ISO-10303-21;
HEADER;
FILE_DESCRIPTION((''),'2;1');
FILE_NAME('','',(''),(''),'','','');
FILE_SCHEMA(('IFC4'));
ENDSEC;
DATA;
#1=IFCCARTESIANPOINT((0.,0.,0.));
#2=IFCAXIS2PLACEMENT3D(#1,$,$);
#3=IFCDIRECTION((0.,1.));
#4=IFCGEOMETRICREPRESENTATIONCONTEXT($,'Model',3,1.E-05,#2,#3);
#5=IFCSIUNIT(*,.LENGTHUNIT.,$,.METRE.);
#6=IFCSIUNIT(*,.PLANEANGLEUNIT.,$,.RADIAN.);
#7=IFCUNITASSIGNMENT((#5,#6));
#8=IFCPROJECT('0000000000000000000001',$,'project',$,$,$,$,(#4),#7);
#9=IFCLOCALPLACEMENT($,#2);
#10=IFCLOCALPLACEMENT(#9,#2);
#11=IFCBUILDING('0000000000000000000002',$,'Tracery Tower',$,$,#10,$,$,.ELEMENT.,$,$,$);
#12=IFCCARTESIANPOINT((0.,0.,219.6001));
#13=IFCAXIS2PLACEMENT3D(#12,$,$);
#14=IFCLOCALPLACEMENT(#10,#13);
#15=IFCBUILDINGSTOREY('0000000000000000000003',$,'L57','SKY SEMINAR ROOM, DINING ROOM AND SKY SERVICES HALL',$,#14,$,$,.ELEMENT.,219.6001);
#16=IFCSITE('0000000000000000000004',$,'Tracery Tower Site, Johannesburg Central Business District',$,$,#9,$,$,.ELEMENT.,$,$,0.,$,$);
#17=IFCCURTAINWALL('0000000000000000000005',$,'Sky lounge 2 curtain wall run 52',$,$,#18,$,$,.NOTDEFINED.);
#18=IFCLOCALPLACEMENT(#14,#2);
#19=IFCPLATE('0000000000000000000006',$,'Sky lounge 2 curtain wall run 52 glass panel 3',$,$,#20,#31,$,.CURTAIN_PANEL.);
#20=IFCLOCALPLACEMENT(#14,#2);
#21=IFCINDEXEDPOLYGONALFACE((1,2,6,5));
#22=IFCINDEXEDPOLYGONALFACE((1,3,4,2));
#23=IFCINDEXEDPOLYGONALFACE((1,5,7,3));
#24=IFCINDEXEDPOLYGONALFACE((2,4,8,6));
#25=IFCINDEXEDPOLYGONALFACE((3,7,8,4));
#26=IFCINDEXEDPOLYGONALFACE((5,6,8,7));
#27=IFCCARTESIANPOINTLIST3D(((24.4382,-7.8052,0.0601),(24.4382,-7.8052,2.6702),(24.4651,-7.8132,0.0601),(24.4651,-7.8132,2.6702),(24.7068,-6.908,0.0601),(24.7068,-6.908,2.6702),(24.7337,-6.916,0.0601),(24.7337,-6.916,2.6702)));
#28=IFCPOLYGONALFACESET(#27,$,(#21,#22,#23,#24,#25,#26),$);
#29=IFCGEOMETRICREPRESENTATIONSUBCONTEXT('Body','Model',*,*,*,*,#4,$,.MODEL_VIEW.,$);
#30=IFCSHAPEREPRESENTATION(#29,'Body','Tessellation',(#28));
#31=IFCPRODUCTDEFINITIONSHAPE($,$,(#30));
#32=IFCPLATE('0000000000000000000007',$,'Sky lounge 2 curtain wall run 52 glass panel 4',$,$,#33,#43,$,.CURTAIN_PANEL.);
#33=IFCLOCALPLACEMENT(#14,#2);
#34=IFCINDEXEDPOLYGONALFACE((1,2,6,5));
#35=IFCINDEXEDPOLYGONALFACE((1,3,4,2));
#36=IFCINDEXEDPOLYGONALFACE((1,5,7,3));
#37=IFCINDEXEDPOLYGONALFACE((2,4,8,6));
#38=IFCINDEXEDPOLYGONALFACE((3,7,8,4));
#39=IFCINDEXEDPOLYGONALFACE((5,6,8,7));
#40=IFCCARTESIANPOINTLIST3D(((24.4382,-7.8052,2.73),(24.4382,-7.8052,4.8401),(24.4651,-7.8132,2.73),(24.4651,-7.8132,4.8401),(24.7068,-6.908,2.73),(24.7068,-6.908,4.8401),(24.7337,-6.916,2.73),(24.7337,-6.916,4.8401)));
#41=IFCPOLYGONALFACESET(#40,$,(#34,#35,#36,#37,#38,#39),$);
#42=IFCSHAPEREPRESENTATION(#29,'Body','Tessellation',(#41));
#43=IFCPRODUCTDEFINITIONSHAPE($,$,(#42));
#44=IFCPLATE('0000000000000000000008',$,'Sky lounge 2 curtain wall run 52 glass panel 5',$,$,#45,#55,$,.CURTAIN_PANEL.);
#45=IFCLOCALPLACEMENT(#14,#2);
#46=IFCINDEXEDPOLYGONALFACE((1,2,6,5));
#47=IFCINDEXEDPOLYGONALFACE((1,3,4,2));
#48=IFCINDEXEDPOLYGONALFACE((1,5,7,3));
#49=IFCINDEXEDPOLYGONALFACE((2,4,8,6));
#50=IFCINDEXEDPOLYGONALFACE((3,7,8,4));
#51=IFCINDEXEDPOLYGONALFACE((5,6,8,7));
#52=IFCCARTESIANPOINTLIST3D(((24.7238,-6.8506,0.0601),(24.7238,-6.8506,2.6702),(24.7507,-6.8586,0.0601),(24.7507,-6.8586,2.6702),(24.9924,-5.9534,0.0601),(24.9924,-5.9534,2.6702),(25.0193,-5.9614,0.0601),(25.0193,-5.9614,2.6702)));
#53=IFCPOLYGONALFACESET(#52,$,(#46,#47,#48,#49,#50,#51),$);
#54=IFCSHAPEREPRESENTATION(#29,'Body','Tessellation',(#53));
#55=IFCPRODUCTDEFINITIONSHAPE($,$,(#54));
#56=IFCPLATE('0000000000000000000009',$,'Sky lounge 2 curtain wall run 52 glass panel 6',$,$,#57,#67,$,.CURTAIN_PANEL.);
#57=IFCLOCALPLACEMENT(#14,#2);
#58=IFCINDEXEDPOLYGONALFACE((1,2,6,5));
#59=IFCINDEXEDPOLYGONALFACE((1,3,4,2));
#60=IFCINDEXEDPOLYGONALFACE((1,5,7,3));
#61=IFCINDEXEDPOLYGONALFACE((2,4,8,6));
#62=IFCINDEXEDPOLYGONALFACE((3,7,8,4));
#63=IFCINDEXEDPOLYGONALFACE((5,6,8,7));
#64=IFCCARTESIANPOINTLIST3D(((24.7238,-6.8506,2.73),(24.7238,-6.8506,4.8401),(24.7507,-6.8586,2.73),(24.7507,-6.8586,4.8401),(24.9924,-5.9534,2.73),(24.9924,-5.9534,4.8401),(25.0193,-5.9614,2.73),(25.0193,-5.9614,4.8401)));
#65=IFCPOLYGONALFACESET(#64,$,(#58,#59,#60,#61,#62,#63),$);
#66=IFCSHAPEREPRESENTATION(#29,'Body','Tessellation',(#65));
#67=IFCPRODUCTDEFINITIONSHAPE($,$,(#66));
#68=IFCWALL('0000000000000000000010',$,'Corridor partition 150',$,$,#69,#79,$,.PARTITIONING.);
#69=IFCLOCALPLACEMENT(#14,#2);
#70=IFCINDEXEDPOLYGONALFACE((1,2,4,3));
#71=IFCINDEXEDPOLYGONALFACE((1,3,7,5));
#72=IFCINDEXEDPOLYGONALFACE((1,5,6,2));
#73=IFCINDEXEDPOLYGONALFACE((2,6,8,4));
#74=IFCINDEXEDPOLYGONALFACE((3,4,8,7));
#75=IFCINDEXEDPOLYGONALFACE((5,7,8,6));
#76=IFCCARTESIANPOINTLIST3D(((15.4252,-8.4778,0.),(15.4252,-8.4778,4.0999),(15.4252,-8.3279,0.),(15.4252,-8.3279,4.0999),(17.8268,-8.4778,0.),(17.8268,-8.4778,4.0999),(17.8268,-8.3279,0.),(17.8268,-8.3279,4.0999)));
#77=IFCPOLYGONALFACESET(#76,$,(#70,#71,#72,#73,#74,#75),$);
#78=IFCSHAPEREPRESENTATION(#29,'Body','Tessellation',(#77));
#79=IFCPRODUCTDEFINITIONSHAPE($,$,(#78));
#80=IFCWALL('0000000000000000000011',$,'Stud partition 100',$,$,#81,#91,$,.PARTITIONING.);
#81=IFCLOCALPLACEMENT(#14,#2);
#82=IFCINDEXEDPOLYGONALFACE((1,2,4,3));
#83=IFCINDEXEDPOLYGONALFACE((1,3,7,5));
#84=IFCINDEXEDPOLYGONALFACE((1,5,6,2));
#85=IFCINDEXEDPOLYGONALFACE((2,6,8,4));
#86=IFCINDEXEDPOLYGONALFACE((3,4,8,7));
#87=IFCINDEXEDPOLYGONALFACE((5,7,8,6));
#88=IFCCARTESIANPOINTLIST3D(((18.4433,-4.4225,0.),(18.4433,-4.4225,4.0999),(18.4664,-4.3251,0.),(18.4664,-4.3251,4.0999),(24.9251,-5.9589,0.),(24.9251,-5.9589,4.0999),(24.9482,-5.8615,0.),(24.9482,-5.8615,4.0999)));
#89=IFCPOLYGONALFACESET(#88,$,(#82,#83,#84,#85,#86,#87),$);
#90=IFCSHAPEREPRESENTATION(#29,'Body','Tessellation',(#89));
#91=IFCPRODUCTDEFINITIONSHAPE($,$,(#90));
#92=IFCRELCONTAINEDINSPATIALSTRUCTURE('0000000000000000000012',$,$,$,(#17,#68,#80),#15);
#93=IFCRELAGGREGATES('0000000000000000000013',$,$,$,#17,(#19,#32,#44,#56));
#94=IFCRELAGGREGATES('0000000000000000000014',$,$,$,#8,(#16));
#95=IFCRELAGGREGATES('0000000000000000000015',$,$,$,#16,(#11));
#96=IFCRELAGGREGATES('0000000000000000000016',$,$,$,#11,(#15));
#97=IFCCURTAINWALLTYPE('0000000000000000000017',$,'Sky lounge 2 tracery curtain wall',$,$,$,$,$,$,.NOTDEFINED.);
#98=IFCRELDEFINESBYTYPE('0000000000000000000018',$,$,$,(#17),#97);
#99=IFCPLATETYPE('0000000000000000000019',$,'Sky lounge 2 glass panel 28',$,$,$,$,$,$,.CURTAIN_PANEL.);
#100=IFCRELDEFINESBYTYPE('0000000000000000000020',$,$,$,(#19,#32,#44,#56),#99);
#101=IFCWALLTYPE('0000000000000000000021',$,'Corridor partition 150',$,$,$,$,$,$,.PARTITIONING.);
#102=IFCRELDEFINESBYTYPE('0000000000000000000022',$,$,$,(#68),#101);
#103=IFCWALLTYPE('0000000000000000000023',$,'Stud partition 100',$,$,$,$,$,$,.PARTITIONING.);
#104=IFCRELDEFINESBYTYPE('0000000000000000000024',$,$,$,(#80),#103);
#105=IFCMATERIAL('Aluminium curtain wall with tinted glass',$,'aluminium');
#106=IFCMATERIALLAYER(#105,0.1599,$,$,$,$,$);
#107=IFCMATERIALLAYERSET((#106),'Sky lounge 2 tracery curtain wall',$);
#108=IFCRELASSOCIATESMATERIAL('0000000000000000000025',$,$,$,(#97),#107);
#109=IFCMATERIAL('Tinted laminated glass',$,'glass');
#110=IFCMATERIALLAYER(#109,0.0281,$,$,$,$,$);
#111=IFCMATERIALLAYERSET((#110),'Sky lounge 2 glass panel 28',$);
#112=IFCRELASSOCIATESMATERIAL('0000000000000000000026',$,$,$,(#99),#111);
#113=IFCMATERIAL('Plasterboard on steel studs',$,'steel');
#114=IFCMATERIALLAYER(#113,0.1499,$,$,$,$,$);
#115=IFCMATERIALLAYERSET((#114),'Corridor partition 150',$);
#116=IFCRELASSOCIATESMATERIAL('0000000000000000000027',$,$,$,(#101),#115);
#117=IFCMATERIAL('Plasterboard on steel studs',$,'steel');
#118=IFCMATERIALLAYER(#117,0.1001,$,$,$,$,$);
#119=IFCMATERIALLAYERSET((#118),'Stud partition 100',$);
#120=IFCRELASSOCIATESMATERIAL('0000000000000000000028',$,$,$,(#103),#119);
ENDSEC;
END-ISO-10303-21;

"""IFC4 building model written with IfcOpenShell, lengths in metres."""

from ifc_helpers import new_model, si_unit, direction, frame, frame_2d, origin, origin_2d, place, context, subcontext, project, spatial, rectangle, extrude, material, layer, layer_set, type_object, element, aggregate, save


model = new_model("IFC4")

# Units and contexts
model_context = context("Model", 3, precision=1e-05, world=origin(), true_north=direction((0.0, 1.0)))
body_context = subcontext(model_context, "Body", "Model", "MODEL_VIEW")
ifc_project = project(units=[si_unit("LENGTHUNIT", "METRE"), si_unit("PLANEANGLEUNIT", "RADIAN")], contexts=[model_context])

# Site, building, storey
site_placement = place(None, origin())
site = spatial("IfcSite", under=ifc_project, at=site_placement, Name="Tracery Tower Site, Johannesburg Central Business District", CompositionType="ELEMENT", RefElevation=0.0)
building_placement = place(site_placement, origin())
building = spatial("IfcBuilding", under=site, at=building_placement, Name="Tracery Tower", CompositionType="ELEMENT")
storey_placement = place(building_placement, frame((0.0, 0.0, 219.6001)))
storey = spatial("IfcBuildingStorey", under=building, at=storey_placement, Name="L57", Description="SKY SEMINAR ROOM, DINING ROOM AND SKY SERVICES HALL", CompositionType="ELEMENT", Elevation=219.6001)

# Curtain wall
ifc_material_1 = material(Name="Aluminium curtain wall with tinted glass", Category="aluminium")
ifc_layer_1 = layer(ifc_material_1, 0.1599)
ifc_layer_set_1 = layer_set([ifc_layer_1], Name="Sky lounge 2 tracery curtain wall")
curtain_wall_type = type_object("IfcCurtainWallType", Name="Sky lounge 2 tracery curtain wall", PredefinedType="NOTDEFINED", material=ifc_layer_set_1)
curtain_wall_1_placement = place(storey_placement, origin())
curtain_wall_1 = element("IfcCurtainWall", 1, at=curtain_wall_1_placement, inside=storey, type_object=curtain_wall_type, Name="Sky lounge 2 curtain wall run 52", PredefinedType="NOTDEFINED")

# Plates
ifc_material_2 = material(Name="Tinted laminated glass", Category="glass")
ifc_layer_2 = layer(ifc_material_2, 0.0281)
ifc_layer_set_2 = layer_set([ifc_layer_2], Name="Sky lounge 2 glass panel 28")
plate_type = type_object("IfcPlateType", Name="Sky lounge 2 glass panel 28", PredefinedType="CURTAIN_PANEL", material=ifc_layer_set_2)
plate_1_placement = place(storey_placement, frame((24.5859, -7.3606, 0.0601), z_axis=(0.0, 0.0, 1.0), x_axis=(0.286803, 0.95799, 0.0)))
plate_1 = element("IfcPlate", 2, at=plate_1_placement, type_object=plate_type, Name="Sky lounge 2 curtain wall run 52 glass panel 3", PredefinedType="CURTAIN_PANEL", context=body_context, shape_type="SweptSolid", body=[
    extrude(rectangle(XDim=0.9365, YDim=0.0281, at=origin_2d()), origin(), (0.0, 0.0, 1.0), 2.6101),
])
plate_2_placement = place(storey_placement, frame((24.5859, -7.3606, 2.73), z_axis=(0.0, 0.0, 1.0), x_axis=(0.286803, 0.95799, 0.0)))
plate_2 = element("IfcPlate", 3, at=plate_2_placement, type_object=plate_type, Name="Sky lounge 2 curtain wall run 52 glass panel 4", PredefinedType="CURTAIN_PANEL", context=body_context, shape_type="SweptSolid", body=[
    extrude(rectangle(XDim=0.9365, YDim=0.0281, at=origin_2d()), origin(), (0.0, 0.0, 1.0), 2.1101),
])
plate_3_placement = place(storey_placement, frame((24.8716, -6.406, 0.0601), z_axis=(0.0, 0.0, 1.0), x_axis=(0.286803, 0.95799, 0.0)))
plate_3 = element("IfcPlate", 4, at=plate_3_placement, type_object=plate_type, Name="Sky lounge 2 curtain wall run 52 glass panel 5", PredefinedType="CURTAIN_PANEL", context=body_context, shape_type="SweptSolid", body=[
    extrude(rectangle(XDim=0.9365, YDim=0.0281, at=origin_2d()), origin(), (0.0, 0.0, 1.0), 2.6101),
])
plate_4_placement = place(storey_placement, frame((24.8716, -6.406, 2.73), z_axis=(0.0, 0.0, 1.0), x_axis=(0.286803, 0.95799, 0.0)))
plate_4 = element("IfcPlate", 5, at=plate_4_placement, type_object=plate_type, Name="Sky lounge 2 curtain wall run 52 glass panel 6", PredefinedType="CURTAIN_PANEL", context=body_context, shape_type="SweptSolid", body=[
    extrude(rectangle(XDim=0.9365, YDim=0.0281, at=origin_2d()), origin(), (0.0, 0.0, 1.0), 2.1101),
])
aggregate(curtain_wall_1, [plate_1, plate_2, plate_3, plate_4])

# Walls
ifc_material_3 = material(Name="Plasterboard on steel studs", Category="steel")
ifc_layer_3 = layer(ifc_material_3, 0.1499)
ifc_layer_set_3 = layer_set([ifc_layer_3], Name="Corridor partition 150")
wall_type_1 = type_object("IfcWallType", Name="Corridor partition 150", PredefinedType="PARTITIONING", material=ifc_layer_set_3)
wall_1_placement = place(storey_placement, frame((17.8267, -8.4028, 0.0), z_axis=(0.0, 0.0, 1.0), x_axis=(-1.0, 0.0, 0.0)))
element("IfcWall", 6, at=wall_1_placement, inside=storey, type_object=wall_type_1, Name="Corridor partition 150", PredefinedType="PARTITIONING", context=body_context, shape_type="SweptSolid", body=[
    extrude(rectangle(XDim=2.4016, YDim=0.1499, at=frame_2d((1.2007, 0.0))), origin(), (0.0, 0.0, 1.0), 4.0999),
])
ifc_material_4 = material(Name="Plasterboard on steel studs", Category="steel")
ifc_layer_4 = layer(ifc_material_4, 0.1001)
ifc_layer_set_4 = layer_set([ifc_layer_4], Name="Stud partition 100")
wall_type_2 = type_object("IfcWallType", Name="Stud partition 100", PredefinedType="PARTITIONING", material=ifc_layer_set_4)
wall_2_placement = place(storey_placement, frame((24.9365, -5.9102, 0.0), z_axis=(0.0, 0.0, 1.0), x_axis=(-0.973039, 0.230643, 0.0)))
element("IfcWall", 7, at=wall_2_placement, inside=storey, type_object=wall_type_2, Name="Stud partition 100", PredefinedType="PARTITIONING", context=body_context, shape_type="SweptSolid", body=[
    extrude(rectangle(XDim=6.6614, YDim=0.1001, at=frame_2d((3.3306, 0.0))), origin(), (0.0, 0.0, 1.0), 4.0999),
])

save(model, "model.ifc")
